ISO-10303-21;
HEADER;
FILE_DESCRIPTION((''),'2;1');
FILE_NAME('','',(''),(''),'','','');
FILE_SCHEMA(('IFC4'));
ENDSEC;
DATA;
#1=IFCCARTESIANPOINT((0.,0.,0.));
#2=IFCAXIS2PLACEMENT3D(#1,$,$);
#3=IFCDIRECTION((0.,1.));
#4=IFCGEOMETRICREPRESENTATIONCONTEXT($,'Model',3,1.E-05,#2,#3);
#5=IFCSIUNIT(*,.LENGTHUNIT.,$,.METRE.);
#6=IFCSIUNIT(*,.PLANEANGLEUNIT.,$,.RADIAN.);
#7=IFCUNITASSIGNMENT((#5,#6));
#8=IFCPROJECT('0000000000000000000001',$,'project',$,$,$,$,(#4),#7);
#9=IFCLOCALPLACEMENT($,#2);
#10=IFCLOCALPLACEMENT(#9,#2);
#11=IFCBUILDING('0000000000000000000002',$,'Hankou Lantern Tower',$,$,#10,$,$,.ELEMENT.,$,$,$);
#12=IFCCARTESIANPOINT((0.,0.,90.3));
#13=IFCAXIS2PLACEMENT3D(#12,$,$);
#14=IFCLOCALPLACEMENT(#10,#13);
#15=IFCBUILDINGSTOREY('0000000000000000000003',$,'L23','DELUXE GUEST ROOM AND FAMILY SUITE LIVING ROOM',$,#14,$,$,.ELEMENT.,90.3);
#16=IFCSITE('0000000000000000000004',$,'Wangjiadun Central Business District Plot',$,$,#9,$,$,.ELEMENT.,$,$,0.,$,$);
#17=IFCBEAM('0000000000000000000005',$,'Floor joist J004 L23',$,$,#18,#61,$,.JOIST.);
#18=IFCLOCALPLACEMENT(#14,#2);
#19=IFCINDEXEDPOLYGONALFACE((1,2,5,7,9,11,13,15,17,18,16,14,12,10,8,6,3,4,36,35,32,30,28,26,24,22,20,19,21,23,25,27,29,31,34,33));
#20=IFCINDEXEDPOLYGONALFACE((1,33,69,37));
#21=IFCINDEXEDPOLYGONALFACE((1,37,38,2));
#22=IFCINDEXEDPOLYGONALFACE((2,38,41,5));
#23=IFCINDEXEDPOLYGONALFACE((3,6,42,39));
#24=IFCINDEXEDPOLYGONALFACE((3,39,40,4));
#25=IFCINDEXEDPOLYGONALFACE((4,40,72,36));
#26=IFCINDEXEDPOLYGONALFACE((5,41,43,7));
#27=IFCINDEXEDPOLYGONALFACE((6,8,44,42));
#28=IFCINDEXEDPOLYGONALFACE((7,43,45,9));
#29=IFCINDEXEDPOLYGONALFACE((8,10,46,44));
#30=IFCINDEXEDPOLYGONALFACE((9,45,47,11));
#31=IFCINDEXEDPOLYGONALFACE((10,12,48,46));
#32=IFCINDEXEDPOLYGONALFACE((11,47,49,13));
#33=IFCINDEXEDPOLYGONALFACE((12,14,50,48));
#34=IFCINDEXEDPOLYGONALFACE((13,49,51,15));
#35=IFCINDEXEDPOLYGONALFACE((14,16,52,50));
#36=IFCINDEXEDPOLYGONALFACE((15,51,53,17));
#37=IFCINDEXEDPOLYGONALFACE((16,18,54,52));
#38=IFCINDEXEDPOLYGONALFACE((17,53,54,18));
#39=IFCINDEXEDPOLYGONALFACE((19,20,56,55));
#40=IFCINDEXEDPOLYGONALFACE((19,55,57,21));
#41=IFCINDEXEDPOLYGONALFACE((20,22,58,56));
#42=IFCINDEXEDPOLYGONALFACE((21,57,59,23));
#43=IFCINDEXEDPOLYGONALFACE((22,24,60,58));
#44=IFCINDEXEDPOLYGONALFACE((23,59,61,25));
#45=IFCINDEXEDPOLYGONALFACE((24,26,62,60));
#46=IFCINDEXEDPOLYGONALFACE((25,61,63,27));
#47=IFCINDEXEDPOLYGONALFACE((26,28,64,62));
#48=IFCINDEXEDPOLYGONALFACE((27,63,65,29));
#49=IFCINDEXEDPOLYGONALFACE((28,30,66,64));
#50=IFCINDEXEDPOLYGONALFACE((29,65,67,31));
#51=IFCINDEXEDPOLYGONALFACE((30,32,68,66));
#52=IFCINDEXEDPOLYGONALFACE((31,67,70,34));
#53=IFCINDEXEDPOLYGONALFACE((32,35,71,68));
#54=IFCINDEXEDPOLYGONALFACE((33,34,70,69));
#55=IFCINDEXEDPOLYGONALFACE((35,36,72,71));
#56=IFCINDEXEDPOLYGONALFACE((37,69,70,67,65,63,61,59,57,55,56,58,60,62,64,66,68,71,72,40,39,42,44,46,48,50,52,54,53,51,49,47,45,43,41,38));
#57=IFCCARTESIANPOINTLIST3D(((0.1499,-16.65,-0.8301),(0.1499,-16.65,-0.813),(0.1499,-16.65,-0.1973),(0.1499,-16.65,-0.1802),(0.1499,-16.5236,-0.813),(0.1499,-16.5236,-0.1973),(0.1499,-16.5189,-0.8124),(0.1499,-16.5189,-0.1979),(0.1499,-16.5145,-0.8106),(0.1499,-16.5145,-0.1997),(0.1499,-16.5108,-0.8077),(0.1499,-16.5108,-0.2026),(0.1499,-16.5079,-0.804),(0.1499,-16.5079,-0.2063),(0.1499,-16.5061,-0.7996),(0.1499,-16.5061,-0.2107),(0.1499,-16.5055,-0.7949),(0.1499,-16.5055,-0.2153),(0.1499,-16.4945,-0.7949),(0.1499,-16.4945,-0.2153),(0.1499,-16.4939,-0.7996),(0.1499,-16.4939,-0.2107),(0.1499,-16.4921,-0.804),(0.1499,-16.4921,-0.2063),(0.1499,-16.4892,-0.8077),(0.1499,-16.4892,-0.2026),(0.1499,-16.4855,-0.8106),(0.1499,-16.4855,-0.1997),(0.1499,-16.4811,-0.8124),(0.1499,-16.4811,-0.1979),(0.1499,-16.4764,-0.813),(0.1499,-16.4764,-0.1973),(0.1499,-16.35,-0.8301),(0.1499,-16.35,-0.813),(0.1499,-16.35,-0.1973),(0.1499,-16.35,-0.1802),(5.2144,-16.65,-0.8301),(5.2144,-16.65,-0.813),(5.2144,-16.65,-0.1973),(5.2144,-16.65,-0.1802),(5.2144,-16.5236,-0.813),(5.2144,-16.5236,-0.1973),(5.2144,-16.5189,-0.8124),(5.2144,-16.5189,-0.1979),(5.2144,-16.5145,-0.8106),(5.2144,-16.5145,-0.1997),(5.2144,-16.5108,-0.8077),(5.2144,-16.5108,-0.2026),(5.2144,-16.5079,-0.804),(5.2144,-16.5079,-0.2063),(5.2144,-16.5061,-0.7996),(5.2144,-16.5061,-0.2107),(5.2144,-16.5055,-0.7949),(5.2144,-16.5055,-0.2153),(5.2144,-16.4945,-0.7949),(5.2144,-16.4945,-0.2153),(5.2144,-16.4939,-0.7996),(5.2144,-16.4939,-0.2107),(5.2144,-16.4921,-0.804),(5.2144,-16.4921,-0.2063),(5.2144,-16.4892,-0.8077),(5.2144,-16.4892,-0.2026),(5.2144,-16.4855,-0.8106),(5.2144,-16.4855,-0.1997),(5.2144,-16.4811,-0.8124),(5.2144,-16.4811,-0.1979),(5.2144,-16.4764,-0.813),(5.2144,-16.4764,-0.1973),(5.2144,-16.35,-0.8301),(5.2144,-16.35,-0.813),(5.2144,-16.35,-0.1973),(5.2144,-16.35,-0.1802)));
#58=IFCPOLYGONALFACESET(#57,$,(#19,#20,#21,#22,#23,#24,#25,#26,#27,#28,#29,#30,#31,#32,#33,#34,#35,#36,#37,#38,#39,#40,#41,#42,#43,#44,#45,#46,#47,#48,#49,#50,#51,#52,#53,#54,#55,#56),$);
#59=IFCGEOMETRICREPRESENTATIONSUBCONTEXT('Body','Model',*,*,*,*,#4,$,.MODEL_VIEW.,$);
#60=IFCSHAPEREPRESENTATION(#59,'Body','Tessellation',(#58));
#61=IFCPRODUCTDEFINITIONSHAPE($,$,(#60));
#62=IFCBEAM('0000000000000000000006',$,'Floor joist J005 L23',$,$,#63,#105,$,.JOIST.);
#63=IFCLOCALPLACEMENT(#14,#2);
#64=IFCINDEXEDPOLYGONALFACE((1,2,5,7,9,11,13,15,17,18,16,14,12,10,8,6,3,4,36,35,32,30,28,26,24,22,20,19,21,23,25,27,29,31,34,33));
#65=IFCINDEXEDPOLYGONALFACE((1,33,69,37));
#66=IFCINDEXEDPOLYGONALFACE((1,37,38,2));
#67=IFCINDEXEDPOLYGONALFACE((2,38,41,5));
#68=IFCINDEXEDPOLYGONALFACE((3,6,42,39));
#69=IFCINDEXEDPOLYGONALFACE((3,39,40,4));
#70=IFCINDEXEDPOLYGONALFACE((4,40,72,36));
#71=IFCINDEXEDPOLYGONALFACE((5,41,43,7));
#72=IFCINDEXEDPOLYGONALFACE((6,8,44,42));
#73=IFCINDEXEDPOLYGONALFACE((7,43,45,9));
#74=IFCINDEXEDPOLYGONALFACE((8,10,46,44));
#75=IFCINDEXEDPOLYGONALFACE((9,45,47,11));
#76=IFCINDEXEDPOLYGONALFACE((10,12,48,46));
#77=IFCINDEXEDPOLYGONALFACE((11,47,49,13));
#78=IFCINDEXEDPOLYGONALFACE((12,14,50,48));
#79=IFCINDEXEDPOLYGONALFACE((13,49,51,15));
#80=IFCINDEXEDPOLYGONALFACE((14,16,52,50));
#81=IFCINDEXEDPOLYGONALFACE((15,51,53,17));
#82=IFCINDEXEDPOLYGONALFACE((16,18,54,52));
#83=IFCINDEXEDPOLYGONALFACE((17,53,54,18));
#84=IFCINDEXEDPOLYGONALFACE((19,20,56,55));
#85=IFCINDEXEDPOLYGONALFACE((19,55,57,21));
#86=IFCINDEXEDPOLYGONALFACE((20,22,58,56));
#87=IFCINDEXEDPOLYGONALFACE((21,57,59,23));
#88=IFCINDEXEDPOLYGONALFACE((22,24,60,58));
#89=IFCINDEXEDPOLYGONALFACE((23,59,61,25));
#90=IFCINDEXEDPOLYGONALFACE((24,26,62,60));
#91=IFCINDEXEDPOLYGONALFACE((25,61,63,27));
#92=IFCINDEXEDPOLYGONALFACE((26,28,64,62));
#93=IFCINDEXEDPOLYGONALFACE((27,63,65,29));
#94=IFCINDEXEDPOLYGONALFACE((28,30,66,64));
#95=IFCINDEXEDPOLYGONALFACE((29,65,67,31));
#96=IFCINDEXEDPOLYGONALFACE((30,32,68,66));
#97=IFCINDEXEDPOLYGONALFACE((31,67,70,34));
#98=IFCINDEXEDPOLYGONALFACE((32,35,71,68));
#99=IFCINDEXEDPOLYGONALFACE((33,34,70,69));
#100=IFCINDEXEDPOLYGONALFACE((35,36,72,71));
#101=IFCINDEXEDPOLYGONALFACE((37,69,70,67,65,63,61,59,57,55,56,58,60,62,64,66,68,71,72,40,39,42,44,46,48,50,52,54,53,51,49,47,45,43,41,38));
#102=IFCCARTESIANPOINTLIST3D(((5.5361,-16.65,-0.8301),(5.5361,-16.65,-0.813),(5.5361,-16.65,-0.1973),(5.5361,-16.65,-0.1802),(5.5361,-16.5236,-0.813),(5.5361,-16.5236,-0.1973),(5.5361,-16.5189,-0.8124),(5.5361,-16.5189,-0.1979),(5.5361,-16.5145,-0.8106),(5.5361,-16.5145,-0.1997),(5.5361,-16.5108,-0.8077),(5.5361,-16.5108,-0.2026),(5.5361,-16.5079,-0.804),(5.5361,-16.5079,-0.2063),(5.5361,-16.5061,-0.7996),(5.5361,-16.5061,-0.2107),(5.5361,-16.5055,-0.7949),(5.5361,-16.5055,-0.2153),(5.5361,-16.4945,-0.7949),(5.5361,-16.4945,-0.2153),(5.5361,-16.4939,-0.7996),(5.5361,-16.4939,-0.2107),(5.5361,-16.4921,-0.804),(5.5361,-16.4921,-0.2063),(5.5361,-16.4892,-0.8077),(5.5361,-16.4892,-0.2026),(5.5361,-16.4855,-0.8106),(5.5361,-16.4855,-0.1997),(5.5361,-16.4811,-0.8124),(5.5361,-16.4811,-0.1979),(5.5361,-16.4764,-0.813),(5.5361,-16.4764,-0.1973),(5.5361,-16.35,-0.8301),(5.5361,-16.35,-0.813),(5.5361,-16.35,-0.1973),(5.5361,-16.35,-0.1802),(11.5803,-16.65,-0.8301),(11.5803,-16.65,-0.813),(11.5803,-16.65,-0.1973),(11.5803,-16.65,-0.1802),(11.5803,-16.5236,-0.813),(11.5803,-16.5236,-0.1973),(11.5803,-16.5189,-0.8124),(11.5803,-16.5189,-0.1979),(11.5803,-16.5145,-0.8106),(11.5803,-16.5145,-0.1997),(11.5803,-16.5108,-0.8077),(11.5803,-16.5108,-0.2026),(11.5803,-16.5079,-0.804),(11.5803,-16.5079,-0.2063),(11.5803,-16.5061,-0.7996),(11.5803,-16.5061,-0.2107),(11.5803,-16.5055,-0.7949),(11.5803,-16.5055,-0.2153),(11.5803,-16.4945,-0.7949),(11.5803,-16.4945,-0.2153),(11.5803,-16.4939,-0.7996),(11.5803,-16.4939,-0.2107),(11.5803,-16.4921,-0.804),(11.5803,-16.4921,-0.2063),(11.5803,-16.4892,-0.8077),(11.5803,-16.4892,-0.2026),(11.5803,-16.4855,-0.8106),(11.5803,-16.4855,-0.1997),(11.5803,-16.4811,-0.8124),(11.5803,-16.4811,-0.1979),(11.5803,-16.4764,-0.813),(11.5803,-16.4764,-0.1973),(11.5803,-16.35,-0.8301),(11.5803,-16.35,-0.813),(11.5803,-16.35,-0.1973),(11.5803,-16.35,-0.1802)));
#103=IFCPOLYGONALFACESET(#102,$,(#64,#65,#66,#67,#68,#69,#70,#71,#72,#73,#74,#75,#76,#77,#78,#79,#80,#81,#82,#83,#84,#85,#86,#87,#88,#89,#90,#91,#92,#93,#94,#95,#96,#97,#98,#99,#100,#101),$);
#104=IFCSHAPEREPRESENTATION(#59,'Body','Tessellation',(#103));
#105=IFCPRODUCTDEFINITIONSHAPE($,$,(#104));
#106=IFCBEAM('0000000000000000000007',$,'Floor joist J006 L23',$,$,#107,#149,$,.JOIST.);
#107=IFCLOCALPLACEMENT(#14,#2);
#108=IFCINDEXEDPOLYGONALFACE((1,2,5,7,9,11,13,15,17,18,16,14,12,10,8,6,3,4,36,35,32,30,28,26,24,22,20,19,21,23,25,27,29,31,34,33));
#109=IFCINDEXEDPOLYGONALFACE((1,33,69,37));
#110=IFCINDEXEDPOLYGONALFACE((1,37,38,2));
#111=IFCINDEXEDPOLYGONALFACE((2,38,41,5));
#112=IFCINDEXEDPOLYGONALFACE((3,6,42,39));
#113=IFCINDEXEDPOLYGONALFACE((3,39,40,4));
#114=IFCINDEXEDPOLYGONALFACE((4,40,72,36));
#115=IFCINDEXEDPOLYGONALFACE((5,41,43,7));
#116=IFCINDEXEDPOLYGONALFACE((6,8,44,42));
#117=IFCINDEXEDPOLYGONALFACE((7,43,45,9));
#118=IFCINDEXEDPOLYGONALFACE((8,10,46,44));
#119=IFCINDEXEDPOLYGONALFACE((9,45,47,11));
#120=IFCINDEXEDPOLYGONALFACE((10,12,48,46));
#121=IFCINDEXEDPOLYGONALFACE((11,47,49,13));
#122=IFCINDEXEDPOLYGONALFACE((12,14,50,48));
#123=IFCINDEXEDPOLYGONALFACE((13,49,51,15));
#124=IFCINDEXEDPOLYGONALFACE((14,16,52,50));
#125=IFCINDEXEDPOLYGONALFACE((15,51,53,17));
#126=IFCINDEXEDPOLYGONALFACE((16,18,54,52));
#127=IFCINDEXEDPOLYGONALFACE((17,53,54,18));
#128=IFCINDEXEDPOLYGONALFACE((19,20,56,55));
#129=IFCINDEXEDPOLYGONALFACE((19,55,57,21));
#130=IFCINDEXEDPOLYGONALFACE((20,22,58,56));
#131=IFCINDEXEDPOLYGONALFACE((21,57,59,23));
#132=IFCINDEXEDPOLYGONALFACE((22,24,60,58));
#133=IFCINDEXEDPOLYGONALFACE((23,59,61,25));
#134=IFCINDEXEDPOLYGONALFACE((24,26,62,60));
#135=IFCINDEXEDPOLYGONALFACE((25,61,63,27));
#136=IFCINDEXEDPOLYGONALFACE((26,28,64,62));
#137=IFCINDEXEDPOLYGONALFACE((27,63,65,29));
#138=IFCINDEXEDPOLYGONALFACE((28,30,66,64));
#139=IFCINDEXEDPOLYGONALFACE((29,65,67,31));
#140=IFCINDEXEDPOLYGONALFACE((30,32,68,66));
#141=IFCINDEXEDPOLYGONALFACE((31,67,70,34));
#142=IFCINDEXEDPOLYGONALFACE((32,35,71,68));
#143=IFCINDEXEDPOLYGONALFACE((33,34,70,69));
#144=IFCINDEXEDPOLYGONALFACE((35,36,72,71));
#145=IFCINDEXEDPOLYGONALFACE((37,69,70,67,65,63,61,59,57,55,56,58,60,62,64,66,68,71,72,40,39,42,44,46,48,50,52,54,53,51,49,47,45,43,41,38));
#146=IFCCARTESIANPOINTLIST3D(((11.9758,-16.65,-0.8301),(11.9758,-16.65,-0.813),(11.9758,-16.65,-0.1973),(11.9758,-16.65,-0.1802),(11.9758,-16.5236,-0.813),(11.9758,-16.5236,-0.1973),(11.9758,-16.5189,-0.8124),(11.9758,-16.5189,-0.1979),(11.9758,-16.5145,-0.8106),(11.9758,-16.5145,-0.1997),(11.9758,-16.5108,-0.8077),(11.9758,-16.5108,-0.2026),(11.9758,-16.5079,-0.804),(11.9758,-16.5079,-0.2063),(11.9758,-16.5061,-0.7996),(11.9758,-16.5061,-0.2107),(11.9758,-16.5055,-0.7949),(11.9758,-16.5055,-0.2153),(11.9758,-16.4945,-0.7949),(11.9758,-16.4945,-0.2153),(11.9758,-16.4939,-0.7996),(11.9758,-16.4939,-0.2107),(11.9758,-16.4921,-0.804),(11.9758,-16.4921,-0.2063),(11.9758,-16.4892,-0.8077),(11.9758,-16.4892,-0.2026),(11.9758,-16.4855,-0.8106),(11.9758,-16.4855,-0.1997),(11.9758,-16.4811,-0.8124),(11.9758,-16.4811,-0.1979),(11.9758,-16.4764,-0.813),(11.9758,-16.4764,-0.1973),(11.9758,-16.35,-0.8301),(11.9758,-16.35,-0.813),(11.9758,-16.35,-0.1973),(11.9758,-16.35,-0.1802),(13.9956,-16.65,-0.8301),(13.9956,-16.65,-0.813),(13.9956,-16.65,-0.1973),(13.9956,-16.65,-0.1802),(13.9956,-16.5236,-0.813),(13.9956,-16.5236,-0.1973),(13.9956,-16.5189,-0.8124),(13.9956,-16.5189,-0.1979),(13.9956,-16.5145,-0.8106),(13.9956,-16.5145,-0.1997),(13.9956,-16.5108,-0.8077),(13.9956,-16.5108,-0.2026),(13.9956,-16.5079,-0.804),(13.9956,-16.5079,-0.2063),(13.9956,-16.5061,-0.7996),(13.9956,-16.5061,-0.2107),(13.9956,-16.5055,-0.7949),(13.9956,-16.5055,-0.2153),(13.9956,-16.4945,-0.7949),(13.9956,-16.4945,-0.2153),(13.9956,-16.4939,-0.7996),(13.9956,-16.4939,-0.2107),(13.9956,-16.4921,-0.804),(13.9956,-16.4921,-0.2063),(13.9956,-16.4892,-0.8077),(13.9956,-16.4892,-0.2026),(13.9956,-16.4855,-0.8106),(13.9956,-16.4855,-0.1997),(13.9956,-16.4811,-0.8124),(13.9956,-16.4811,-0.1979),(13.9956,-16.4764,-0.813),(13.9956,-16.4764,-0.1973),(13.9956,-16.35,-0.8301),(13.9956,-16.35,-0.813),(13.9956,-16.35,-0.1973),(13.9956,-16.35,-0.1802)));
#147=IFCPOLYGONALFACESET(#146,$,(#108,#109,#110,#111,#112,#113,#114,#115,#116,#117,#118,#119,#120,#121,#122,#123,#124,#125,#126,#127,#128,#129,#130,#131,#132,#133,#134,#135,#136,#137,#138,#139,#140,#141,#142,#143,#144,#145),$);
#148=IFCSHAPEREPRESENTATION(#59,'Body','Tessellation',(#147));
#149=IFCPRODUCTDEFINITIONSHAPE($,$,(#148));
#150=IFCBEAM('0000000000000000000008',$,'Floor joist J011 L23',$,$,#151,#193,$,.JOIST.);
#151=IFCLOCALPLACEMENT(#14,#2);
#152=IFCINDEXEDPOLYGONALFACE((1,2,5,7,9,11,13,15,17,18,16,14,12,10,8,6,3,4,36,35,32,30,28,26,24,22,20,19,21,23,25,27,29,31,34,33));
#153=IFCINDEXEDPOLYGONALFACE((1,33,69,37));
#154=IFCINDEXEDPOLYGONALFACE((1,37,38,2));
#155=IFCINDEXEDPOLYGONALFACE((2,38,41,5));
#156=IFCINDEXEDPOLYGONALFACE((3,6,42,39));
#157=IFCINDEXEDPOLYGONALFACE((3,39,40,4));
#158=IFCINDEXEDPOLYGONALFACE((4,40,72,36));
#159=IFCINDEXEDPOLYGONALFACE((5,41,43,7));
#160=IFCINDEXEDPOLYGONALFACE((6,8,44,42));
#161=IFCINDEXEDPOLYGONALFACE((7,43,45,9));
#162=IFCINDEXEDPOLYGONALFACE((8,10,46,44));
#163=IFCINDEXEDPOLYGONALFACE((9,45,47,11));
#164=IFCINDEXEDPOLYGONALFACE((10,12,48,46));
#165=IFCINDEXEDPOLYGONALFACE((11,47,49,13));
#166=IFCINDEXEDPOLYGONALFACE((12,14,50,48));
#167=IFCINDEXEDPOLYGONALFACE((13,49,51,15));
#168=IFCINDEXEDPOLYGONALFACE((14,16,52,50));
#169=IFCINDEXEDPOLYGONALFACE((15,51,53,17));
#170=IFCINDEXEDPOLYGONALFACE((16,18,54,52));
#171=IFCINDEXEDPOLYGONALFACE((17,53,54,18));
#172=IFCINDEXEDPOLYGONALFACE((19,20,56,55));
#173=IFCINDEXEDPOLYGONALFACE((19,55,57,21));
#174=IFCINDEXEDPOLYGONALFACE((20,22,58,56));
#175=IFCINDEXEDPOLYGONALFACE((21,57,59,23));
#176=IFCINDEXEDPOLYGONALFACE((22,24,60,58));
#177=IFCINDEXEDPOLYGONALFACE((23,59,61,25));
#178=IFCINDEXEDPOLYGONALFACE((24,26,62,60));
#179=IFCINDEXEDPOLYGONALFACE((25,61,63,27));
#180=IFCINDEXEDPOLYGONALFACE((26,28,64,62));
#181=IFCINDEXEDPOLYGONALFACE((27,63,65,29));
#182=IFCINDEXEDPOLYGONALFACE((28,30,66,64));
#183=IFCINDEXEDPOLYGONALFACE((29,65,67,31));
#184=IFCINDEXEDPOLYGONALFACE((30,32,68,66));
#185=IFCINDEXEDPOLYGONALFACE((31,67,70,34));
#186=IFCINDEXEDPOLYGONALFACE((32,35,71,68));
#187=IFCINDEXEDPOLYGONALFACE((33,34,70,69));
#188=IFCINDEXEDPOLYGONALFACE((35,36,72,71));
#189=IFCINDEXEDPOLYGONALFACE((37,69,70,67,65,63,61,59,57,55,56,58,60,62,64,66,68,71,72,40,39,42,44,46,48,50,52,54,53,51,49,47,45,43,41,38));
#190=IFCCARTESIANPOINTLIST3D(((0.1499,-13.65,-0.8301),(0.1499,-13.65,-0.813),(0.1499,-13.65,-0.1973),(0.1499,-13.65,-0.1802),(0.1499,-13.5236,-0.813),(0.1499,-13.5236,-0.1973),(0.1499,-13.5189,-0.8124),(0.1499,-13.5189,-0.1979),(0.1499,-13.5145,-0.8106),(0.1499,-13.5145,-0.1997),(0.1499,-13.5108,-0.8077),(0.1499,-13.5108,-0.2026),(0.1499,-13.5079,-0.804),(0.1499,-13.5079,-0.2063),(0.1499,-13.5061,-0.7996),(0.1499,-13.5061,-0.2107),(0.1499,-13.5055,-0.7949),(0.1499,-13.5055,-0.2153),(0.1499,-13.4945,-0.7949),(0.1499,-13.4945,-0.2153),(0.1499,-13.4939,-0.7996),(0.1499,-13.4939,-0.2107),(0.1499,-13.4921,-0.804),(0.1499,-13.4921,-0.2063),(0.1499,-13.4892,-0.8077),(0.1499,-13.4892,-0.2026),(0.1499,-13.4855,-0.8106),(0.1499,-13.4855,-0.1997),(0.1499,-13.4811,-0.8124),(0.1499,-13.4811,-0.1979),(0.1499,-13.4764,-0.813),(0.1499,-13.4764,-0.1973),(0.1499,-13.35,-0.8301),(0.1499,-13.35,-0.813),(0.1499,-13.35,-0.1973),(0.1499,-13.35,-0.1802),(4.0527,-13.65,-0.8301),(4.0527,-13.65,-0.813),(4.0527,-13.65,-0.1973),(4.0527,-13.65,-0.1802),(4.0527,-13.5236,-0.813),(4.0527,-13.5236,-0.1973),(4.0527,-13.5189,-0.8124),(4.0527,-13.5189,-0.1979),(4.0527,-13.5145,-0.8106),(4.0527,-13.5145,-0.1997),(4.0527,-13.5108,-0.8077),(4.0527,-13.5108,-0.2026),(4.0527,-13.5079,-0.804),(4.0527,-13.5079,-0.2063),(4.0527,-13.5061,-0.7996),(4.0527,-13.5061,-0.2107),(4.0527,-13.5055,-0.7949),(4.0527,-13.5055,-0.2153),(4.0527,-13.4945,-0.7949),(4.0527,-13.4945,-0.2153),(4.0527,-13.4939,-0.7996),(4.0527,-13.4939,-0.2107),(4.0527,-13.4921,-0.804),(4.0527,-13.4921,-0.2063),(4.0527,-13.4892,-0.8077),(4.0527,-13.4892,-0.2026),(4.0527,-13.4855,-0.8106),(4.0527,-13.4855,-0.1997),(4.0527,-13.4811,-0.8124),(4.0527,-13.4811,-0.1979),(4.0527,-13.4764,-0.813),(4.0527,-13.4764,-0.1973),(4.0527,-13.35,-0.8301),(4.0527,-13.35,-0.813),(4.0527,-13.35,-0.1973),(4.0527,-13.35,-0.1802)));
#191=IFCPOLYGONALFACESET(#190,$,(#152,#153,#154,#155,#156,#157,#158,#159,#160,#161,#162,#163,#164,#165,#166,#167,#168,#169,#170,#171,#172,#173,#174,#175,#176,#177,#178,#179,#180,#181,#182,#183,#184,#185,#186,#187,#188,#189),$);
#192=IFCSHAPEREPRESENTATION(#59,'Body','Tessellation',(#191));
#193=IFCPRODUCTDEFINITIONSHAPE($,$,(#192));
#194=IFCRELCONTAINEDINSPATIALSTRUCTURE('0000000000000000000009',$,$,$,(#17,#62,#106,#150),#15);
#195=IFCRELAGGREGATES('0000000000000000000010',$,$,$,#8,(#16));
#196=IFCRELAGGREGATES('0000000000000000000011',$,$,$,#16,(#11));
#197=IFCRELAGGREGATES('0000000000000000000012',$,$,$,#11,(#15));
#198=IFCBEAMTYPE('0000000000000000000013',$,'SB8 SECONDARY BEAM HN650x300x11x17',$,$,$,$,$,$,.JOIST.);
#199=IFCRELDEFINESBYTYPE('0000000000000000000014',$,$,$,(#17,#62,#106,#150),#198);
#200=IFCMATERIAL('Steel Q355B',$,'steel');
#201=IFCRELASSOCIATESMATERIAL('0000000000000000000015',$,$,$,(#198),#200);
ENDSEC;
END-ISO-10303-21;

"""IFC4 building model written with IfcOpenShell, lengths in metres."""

from ifc_helpers import new_model, si_unit, direction, frame, origin, origin_2d, place, context, subcontext, project, spatial, i_section, extrude, material, material_profile, profile_set, type_object, element, save


model = new_model("IFC4")

# Units and contexts
model_context = context("Model", 3, precision=1e-05, world=origin(), true_north=direction((0.0, 1.0)))
body_context = subcontext(model_context, "Body", "Model", "MODEL_VIEW")
ifc_project = project(units=[si_unit("LENGTHUNIT", "METRE"), si_unit("PLANEANGLEUNIT", "RADIAN")], contexts=[model_context])

# Site, building, storey
site_placement = place(None, origin())
site = spatial("IfcSite", under=ifc_project, at=site_placement, Name="Wangjiadun Central Business District Plot", CompositionType="ELEMENT", RefElevation=0.0)
building_placement = place(site_placement, origin())
building = spatial("IfcBuilding", under=site, at=building_placement, Name="Hankou Lantern Tower", CompositionType="ELEMENT")
storey_placement = place(building_placement, frame((0.0, 0.0, 90.3)))
storey = spatial("IfcBuildingStorey", under=building, at=storey_placement, Name="L23", Description="DELUXE GUEST ROOM AND FAMILY SUITE LIVING ROOM", CompositionType="ELEMENT", Elevation=90.3)

# Beams
ifc_material_1 = material(Name="Steel Q355B", Category="steel")
ifc_material_profile_1 = material_profile(ifc_material_1, i_section(OverallWidth=0.3, OverallDepth=0.6499, WebThickness=0.011, FlangeThickness=0.0171, FilletRadius=0.0181, at=origin_2d()), Name="HN650x300x11x17")
ifc_profile_set_1 = profile_set([ifc_material_profile_1], Name="Steel Q355B")
beam_type_1 = type_object("IfcBeamType", Name="SB8 SECONDARY BEAM HN650x300x11x17", PredefinedType="JOIST", material=ifc_profile_set_1)
beam_1_placement = place(storey_placement, frame((0.1499, -16.5, -0.5051), z_axis=(1.0, 0.0, 0.0), x_axis=(0.0, 1.0, 0.0)))
element("IfcBeam", 1, at=beam_1_placement, inside=storey, type_object=beam_type_1, Name="Floor joist J004 L23", PredefinedType="JOIST", context=body_context, shape_type="SweptSolid", body=[
    extrude(i_section(OverallWidth=0.3, OverallDepth=0.6499, WebThickness=0.011, FlangeThickness=0.0171, FilletRadius=0.0181, at=origin_2d()), origin(), (0.0, 0.0, 1.0), 5.0645),
])
beam_2_placement = place(storey_placement, frame((5.5361, -16.5, -0.5051), z_axis=(1.0, 0.0, 0.0), x_axis=(0.0, 1.0, 0.0)))
element("IfcBeam", 2, at=beam_2_placement, inside=storey, type_object=beam_type_1, Name="Floor joist J005 L23", PredefinedType="JOIST", context=body_context, shape_type="SweptSolid", body=[
    extrude(i_section(OverallWidth=0.3, OverallDepth=0.6499, WebThickness=0.011, FlangeThickness=0.0171, FilletRadius=0.0181, at=origin_2d()), origin(), (0.0, 0.0, 1.0), 6.0442),
])
beam_3_placement = place(storey_placement, frame((11.9758, -16.5, -0.5051), z_axis=(1.0, 0.0, 0.0), x_axis=(0.0, 1.0, 0.0)))
element("IfcBeam", 3, at=beam_3_placement, inside=storey, type_object=beam_type_1, Name="Floor joist J006 L23", PredefinedType="JOIST", context=body_context, shape_type="SweptSolid", body=[
    extrude(i_section(OverallWidth=0.3, OverallDepth=0.6499, WebThickness=0.011, FlangeThickness=0.0171, FilletRadius=0.0181, at=origin_2d()), origin(), (0.0, 0.0, 1.0), 2.0198),
])
beam_4_placement = place(storey_placement, frame((0.1499, -13.5, -0.5051), z_axis=(1.0, 0.0, 0.0), x_axis=(0.0, 1.0, 0.0)))
element("IfcBeam", 4, at=beam_4_placement, inside=storey, type_object=beam_type_1, Name="Floor joist J011 L23", PredefinedType="JOIST", context=body_context, shape_type="SweptSolid", body=[
    extrude(i_section(OverallWidth=0.3, OverallDepth=0.6499, WebThickness=0.011, FlangeThickness=0.0171, FilletRadius=0.0181, at=origin_2d()), origin(), (0.0, 0.0, 1.0), 3.9028),
])

save(model, "model.ifc")
